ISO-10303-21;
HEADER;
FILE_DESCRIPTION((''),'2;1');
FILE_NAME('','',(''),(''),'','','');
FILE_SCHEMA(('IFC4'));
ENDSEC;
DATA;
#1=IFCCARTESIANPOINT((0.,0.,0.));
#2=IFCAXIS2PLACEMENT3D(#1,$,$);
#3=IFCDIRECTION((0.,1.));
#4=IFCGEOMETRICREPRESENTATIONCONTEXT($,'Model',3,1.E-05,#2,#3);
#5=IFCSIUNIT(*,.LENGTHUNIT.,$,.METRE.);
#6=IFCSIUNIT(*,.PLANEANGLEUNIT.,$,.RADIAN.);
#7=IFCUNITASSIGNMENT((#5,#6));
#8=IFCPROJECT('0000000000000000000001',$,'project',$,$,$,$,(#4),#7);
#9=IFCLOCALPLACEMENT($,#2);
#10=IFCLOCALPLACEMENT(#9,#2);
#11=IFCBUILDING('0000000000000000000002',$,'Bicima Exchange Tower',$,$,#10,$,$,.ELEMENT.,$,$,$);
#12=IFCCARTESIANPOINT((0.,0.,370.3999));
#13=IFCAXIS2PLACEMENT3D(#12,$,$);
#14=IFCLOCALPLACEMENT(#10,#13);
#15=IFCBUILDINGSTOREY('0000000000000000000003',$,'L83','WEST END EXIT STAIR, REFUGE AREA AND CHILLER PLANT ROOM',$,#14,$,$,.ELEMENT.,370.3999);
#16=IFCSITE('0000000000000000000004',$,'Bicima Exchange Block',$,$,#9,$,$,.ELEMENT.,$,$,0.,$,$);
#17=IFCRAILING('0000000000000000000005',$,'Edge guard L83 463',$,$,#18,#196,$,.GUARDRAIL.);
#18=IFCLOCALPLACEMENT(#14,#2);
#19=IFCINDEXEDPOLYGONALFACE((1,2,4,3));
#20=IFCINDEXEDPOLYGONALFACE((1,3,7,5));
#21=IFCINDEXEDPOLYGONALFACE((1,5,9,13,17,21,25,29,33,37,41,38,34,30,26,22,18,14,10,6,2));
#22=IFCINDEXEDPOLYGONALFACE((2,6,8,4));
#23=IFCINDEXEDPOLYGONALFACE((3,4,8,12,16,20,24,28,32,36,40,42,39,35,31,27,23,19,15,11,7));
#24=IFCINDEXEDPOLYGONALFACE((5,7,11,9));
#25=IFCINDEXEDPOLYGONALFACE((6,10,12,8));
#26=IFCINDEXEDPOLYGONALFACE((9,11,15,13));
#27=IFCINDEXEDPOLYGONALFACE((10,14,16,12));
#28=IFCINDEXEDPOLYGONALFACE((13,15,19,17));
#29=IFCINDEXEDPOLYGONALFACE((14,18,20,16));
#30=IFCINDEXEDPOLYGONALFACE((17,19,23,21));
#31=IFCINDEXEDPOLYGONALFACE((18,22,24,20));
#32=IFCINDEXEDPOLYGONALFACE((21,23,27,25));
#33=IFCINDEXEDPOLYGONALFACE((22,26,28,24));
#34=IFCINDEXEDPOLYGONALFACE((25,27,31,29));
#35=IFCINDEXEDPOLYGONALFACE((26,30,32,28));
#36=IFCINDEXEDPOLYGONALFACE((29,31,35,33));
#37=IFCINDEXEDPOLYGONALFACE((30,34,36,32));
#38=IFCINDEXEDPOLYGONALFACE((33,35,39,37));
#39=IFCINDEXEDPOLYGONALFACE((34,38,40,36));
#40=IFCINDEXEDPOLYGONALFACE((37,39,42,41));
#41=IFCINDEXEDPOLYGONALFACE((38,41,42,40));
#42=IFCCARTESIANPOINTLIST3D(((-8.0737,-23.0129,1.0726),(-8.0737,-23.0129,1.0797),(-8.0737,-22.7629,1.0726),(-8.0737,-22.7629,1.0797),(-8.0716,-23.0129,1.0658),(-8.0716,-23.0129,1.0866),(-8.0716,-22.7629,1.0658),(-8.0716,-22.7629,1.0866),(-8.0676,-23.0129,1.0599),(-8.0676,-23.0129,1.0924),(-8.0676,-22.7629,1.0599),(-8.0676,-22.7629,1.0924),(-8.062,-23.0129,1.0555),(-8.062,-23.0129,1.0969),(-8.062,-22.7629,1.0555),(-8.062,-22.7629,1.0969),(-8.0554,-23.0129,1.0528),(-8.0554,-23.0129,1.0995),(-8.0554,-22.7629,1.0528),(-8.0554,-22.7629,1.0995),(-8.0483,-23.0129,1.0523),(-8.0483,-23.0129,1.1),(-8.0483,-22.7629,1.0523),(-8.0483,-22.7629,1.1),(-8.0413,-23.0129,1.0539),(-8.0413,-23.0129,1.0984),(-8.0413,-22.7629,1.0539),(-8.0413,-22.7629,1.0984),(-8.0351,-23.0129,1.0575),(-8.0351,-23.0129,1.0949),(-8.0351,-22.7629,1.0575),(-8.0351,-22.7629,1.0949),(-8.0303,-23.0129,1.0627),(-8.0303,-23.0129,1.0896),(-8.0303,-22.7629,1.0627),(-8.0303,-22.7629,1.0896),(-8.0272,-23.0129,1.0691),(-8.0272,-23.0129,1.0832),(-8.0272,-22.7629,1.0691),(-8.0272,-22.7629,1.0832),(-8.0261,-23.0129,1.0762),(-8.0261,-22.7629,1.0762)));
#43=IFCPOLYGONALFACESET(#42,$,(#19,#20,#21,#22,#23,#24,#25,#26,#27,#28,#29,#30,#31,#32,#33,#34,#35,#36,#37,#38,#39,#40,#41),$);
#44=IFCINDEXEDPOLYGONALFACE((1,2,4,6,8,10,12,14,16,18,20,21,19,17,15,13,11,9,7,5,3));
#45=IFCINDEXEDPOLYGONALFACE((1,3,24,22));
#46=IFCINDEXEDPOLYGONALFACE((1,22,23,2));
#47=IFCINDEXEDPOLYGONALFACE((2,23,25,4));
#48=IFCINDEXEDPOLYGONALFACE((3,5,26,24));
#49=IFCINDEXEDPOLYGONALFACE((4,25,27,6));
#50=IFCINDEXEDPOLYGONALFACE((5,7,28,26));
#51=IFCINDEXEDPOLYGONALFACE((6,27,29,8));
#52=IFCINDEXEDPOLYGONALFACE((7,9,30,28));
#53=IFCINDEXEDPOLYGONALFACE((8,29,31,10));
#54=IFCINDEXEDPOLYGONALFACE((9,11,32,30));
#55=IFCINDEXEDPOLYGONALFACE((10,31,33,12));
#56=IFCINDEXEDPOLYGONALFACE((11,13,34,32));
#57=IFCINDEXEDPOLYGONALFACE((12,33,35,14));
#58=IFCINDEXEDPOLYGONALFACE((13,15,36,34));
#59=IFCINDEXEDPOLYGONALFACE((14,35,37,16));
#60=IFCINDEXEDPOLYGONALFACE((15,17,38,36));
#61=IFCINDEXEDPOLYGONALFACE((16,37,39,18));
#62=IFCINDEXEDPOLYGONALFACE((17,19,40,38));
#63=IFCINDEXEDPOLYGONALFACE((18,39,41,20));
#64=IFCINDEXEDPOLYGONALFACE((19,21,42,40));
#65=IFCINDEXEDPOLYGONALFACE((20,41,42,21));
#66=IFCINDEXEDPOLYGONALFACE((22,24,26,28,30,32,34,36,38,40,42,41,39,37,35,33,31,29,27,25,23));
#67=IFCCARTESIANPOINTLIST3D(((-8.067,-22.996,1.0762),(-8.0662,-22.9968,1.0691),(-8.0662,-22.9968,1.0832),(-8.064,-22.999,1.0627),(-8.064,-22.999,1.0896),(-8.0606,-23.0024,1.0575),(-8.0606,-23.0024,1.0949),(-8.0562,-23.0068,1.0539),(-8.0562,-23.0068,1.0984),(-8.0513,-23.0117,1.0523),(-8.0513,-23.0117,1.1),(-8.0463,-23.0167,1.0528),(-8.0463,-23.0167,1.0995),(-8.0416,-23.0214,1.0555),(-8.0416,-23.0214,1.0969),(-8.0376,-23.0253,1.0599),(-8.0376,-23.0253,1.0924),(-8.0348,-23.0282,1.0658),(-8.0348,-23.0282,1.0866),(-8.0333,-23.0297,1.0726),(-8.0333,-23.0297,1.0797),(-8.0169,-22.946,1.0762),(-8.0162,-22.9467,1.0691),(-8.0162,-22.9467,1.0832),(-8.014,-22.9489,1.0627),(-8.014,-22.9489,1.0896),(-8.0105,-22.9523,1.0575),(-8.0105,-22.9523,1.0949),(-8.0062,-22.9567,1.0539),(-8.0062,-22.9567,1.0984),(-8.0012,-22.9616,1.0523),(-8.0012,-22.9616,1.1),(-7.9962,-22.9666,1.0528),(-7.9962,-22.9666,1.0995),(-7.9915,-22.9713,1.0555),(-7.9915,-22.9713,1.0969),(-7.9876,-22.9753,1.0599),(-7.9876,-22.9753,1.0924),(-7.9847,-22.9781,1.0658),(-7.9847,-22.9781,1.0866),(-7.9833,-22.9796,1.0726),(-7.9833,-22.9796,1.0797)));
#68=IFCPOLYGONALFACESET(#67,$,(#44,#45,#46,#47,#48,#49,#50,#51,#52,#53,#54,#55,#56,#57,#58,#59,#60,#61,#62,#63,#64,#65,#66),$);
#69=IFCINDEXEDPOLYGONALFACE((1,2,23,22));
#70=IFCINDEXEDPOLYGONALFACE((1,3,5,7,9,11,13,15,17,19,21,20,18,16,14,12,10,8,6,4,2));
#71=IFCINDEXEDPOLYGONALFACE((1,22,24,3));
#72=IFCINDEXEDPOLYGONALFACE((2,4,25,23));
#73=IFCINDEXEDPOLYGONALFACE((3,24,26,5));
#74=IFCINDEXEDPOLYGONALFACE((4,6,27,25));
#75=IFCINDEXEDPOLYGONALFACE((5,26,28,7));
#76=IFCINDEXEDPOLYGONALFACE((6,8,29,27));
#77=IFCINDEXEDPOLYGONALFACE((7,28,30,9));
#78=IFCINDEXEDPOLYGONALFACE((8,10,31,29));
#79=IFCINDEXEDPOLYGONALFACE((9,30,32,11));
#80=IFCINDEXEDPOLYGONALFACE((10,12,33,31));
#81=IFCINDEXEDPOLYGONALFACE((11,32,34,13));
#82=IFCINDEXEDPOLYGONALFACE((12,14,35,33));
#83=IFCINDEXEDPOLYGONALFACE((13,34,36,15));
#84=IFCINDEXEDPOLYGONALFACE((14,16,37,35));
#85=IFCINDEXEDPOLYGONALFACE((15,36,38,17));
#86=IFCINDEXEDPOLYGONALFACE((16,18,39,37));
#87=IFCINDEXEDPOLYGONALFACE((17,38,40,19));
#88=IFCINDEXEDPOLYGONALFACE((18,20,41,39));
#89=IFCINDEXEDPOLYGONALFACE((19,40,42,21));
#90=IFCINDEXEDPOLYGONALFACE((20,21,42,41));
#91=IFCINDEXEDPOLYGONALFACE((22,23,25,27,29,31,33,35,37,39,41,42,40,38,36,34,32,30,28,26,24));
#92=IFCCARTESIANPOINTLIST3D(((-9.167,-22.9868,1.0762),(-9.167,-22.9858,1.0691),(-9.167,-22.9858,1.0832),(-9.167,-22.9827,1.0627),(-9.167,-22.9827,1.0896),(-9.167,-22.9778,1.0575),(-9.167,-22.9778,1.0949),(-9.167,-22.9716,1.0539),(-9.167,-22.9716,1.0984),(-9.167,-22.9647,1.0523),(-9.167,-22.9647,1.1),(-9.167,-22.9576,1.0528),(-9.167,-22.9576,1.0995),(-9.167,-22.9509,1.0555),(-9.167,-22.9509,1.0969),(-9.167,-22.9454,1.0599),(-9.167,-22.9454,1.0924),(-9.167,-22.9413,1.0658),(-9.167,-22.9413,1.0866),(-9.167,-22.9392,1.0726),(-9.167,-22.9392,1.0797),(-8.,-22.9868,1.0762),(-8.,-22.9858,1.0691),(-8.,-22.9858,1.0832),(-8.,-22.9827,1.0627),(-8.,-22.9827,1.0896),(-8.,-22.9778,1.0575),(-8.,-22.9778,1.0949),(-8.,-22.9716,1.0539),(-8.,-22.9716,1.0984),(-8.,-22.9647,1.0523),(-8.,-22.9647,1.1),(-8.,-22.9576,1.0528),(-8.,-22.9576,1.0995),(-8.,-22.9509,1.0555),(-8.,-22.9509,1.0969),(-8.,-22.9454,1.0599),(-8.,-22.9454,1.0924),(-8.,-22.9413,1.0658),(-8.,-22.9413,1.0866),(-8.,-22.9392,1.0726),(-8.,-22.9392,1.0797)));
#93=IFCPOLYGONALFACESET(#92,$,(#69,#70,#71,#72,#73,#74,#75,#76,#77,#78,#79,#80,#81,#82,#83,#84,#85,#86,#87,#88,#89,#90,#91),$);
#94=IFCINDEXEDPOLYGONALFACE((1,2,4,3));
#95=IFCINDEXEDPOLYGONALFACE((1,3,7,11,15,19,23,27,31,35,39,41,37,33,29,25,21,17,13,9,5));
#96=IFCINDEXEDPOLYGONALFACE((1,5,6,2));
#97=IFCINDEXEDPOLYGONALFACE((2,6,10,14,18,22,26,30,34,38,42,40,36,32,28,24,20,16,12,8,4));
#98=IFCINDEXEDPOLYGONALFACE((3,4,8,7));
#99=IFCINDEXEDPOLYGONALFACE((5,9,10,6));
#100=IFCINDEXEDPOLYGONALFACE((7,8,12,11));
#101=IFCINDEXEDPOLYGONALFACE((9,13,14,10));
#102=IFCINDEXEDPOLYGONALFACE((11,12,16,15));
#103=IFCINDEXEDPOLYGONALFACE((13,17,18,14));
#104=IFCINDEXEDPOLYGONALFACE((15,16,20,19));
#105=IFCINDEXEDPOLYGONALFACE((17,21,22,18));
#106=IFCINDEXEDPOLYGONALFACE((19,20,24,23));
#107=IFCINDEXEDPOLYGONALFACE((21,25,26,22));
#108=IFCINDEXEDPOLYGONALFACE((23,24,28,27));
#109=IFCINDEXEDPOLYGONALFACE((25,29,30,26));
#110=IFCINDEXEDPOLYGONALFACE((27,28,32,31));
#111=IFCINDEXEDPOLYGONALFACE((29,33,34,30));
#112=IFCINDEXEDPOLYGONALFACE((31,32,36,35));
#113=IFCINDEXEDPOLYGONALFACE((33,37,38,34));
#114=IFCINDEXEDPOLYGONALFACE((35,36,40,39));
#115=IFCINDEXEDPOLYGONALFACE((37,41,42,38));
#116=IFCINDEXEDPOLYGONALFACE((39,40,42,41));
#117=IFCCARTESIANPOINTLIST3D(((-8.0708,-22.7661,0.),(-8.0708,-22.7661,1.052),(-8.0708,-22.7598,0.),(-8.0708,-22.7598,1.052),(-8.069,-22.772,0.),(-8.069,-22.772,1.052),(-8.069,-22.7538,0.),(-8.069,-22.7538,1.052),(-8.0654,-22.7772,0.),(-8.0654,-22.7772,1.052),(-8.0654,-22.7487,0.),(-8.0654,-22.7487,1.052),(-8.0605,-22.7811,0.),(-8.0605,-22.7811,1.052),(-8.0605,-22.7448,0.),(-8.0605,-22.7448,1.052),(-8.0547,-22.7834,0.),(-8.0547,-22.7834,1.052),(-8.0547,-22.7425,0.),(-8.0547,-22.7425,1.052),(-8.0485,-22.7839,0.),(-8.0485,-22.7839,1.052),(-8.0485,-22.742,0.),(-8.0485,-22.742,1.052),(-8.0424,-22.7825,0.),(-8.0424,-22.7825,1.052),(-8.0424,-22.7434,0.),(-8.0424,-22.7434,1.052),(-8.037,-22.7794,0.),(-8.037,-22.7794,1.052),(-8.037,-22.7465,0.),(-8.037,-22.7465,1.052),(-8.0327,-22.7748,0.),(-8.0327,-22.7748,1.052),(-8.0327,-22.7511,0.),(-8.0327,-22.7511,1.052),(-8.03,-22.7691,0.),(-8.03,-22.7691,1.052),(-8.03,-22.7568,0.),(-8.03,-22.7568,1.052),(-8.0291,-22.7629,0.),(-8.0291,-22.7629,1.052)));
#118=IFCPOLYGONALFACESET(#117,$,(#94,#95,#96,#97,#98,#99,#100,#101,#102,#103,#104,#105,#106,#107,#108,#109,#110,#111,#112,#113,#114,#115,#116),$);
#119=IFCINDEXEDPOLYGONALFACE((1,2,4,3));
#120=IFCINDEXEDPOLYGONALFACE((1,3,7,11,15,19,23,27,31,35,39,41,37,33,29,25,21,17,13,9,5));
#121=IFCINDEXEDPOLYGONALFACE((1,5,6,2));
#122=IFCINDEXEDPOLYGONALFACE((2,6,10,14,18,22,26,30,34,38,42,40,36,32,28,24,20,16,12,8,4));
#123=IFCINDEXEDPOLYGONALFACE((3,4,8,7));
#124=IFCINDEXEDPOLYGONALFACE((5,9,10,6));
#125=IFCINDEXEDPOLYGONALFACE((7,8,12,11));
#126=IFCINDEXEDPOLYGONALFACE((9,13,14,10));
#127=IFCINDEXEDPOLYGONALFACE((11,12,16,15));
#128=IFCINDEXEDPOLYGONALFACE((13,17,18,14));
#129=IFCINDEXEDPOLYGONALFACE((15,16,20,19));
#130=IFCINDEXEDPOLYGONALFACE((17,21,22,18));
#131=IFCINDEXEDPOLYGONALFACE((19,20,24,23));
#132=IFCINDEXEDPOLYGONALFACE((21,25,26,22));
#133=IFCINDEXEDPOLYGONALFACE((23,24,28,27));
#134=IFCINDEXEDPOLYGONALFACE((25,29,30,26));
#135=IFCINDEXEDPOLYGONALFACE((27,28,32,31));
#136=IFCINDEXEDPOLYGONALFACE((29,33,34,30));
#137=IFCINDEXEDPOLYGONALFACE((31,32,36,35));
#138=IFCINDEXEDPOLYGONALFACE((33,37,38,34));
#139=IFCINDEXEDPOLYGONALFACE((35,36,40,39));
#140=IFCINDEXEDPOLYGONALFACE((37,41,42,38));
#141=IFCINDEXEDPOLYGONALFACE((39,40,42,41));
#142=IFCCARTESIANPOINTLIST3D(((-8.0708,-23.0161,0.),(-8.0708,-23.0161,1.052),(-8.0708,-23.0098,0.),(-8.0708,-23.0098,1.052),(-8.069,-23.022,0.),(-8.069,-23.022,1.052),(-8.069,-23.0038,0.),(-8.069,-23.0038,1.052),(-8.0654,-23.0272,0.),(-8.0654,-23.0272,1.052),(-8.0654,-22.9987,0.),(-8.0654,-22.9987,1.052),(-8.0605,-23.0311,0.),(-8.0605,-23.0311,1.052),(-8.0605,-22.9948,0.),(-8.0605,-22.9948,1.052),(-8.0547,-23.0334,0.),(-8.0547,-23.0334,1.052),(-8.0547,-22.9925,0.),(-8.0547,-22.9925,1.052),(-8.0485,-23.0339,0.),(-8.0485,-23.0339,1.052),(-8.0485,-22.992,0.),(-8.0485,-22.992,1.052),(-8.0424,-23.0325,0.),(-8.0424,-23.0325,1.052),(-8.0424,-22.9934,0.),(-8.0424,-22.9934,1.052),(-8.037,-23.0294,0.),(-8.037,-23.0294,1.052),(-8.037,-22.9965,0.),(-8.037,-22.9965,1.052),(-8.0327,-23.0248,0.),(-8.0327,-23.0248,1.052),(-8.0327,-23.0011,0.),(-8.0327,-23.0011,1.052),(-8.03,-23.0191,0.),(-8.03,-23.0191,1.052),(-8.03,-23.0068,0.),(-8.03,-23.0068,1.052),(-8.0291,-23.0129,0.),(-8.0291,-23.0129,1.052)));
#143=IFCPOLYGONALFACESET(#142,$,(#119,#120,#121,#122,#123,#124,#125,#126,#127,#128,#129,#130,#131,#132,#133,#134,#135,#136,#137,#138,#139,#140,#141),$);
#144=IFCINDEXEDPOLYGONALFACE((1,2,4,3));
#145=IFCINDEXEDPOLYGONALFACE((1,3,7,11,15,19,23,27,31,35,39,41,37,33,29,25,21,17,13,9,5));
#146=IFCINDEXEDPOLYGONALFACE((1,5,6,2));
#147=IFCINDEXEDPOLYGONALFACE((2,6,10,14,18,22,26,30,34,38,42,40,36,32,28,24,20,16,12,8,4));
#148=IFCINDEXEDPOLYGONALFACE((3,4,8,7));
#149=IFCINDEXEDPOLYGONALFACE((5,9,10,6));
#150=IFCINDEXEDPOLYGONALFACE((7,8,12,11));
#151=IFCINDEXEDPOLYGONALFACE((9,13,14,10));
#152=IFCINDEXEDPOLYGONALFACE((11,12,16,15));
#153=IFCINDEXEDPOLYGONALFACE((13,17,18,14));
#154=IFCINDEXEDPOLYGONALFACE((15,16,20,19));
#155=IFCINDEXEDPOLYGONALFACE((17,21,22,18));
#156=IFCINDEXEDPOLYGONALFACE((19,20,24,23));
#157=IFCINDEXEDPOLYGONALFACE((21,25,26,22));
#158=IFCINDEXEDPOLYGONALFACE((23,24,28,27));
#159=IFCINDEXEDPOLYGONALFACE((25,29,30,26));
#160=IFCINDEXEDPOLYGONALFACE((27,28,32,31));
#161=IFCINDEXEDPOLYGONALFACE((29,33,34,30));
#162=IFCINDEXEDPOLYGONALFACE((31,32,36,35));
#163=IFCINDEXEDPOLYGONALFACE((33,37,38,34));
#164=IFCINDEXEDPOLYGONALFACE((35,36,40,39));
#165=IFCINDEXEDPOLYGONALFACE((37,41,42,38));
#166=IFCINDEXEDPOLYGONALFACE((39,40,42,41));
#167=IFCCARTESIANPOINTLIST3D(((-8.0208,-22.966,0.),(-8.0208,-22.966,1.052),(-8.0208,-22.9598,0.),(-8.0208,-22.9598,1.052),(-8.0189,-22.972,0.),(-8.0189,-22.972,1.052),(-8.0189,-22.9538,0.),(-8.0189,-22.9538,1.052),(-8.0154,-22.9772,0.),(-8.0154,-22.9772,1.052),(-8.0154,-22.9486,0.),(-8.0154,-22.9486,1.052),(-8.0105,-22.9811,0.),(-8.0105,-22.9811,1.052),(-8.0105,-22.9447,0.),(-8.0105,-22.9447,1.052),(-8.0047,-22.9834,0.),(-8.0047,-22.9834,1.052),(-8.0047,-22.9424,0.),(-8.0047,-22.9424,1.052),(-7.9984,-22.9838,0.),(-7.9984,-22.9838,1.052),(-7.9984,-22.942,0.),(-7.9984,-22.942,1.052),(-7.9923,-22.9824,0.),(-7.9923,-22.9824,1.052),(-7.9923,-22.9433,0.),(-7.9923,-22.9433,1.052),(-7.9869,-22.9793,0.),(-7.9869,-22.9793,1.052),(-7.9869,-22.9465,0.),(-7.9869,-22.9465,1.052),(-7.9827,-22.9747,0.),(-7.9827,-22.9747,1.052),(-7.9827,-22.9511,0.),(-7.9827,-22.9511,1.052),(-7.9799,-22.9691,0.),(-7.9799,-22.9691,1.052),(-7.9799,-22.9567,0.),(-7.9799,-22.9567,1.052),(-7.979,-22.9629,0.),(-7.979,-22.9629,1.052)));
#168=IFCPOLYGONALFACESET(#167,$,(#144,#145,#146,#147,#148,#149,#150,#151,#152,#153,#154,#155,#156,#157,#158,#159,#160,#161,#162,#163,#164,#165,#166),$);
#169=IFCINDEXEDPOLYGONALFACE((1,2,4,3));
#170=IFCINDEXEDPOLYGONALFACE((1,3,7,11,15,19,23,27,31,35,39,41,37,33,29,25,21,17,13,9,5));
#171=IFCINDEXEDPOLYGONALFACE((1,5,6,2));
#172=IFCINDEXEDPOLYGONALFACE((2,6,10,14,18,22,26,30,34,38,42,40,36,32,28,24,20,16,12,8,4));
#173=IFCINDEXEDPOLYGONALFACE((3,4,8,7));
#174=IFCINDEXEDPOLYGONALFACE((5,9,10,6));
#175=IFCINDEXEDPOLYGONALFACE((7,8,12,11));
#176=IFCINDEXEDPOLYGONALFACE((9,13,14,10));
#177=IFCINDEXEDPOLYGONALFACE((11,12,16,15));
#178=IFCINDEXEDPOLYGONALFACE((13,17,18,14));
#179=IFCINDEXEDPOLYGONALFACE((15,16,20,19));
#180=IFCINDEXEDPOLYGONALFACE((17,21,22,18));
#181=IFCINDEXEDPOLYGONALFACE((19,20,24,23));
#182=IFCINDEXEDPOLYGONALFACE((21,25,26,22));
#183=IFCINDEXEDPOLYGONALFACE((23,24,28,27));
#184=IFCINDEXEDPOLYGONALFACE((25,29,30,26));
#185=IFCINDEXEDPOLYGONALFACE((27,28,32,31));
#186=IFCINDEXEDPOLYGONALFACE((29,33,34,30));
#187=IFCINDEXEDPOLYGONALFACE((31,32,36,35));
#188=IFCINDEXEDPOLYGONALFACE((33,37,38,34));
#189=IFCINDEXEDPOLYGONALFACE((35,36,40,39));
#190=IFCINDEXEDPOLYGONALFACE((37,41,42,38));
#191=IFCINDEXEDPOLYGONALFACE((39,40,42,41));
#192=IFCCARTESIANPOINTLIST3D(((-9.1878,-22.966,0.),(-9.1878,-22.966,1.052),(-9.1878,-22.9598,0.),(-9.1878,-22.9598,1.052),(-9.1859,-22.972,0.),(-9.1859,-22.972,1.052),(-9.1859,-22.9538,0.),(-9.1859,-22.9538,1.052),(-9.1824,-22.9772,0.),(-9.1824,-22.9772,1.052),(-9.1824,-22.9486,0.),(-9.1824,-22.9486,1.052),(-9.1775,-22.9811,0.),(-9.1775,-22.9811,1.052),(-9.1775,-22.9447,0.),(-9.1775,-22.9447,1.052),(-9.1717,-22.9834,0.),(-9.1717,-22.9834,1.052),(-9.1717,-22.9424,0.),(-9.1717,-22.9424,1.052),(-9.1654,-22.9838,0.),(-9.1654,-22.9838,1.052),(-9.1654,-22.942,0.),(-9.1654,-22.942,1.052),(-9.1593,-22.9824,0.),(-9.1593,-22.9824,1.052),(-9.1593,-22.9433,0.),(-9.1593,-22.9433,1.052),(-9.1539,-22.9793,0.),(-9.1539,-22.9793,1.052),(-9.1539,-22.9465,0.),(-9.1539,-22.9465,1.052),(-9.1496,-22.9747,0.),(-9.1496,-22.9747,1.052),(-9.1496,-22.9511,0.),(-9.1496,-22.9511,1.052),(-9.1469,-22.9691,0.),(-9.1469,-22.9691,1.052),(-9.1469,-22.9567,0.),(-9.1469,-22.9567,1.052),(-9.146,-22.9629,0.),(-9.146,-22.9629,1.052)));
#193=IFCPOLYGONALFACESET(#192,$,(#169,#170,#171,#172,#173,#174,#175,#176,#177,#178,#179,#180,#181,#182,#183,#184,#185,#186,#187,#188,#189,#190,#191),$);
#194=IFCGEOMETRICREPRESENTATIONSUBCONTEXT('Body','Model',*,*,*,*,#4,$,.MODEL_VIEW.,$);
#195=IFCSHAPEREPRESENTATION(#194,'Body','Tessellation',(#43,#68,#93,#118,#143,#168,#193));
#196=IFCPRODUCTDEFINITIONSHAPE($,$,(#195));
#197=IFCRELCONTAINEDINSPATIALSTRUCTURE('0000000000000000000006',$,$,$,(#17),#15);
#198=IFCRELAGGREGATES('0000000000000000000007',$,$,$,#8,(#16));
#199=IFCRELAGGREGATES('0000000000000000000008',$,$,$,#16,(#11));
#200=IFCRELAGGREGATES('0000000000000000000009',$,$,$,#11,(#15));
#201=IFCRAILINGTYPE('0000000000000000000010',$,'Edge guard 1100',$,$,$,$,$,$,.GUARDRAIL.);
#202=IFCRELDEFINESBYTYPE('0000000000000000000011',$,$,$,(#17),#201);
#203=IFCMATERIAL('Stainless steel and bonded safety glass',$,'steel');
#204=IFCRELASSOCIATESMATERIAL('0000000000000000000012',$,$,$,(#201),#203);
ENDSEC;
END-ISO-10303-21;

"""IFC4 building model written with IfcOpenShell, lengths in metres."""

from ifc_helpers import new_model, si_unit, direction, frame, origin, origin_2d, place, context, subcontext, project, spatial, circle, extrude, material, type_object, element, save


model = new_model("IFC4")

# Units and contexts
model_context = context("Model", 3, precision=1e-05, world=origin(), true_north=direction((0.0, 1.0)))
body_context = subcontext(model_context, "Body", "Model", "MODEL_VIEW")
ifc_project = project(units=[si_unit("LENGTHUNIT", "METRE"), si_unit("PLANEANGLEUNIT", "RADIAN")], contexts=[model_context])

# Site, building, storey
site_placement = place(None, origin())
site = spatial("IfcSite", under=ifc_project, at=site_placement, Name="Bicima Exchange Block", CompositionType="ELEMENT", RefElevation=0.0)
building_placement = place(site_placement, origin())
building = spatial("IfcBuilding", under=site, at=building_placement, Name="Bicima Exchange Tower", CompositionType="ELEMENT")
storey_placement = place(building_placement, frame((0.0, 0.0, 370.3999)))
storey = spatial("IfcBuildingStorey", under=building, at=storey_placement, Name="L83", Description="WEST END EXIT STAIR, REFUGE AREA AND CHILLER PLANT ROOM", CompositionType="ELEMENT", Elevation=370.3999)

# Railing
ifc_material_1 = material(Name="Stainless steel and bonded safety glass", Category="steel")
railing_type = type_object("IfcRailingType", Name="Edge guard 1100", PredefinedType="GUARDRAIL", material=ifc_material_1)
railing_placement = place(storey_placement, frame((-8.05, -22.7629, 0.0)))
element("IfcRailing", 1, at=railing_placement, inside=storey, type_object=railing_type, Name="Edge guard L83 463", PredefinedType="GUARDRAIL", context=body_context, shape_type="SweptSolid", body=[
    extrude(circle(Radius=0.0239, at=origin_2d()), frame((0.0, 0.0, 1.0762), z_axis=(0.0, -1.0, 0.0), x_axis=(1.0, 0.0, 0.0)), (0.0, 0.0, 1.0), 0.25),
    extrude(circle(Radius=0.0239, at=origin_2d()), frame((0.0, -0.25, 1.0762), z_axis=(0.707107, 0.707107, 0.0), x_axis=(-0.707107, 0.707107, 0.0)), (0.0, 0.0, 1.0), 0.0708),
    extrude(circle(Radius=0.0239, at=origin_2d()), frame((0.05, -0.2, 1.0762), z_axis=(-1.0, 0.0, 0.0), x_axis=(0.0, -1.0, 0.0)), (0.0, 0.0, 1.0), 1.167),
    extrude(circle(Radius=0.021, at=origin_2d()), origin(), (0.0, 0.0, 1.0), 1.052),
    extrude(circle(Radius=0.021, at=origin_2d()), frame((0.0, -0.25, 0.0)), (0.0, 0.0, 1.0), 1.052),
    extrude(circle(Radius=0.021, at=origin_2d()), frame((0.05, -0.2, 0.0)), (0.0, 0.0, 1.0), 1.052),
    extrude(circle(Radius=0.021, at=origin_2d()), frame((-1.1169, -0.2, 0.0)), (0.0, 0.0, 1.0), 1.052),
])

save(model, "model.ifc")
